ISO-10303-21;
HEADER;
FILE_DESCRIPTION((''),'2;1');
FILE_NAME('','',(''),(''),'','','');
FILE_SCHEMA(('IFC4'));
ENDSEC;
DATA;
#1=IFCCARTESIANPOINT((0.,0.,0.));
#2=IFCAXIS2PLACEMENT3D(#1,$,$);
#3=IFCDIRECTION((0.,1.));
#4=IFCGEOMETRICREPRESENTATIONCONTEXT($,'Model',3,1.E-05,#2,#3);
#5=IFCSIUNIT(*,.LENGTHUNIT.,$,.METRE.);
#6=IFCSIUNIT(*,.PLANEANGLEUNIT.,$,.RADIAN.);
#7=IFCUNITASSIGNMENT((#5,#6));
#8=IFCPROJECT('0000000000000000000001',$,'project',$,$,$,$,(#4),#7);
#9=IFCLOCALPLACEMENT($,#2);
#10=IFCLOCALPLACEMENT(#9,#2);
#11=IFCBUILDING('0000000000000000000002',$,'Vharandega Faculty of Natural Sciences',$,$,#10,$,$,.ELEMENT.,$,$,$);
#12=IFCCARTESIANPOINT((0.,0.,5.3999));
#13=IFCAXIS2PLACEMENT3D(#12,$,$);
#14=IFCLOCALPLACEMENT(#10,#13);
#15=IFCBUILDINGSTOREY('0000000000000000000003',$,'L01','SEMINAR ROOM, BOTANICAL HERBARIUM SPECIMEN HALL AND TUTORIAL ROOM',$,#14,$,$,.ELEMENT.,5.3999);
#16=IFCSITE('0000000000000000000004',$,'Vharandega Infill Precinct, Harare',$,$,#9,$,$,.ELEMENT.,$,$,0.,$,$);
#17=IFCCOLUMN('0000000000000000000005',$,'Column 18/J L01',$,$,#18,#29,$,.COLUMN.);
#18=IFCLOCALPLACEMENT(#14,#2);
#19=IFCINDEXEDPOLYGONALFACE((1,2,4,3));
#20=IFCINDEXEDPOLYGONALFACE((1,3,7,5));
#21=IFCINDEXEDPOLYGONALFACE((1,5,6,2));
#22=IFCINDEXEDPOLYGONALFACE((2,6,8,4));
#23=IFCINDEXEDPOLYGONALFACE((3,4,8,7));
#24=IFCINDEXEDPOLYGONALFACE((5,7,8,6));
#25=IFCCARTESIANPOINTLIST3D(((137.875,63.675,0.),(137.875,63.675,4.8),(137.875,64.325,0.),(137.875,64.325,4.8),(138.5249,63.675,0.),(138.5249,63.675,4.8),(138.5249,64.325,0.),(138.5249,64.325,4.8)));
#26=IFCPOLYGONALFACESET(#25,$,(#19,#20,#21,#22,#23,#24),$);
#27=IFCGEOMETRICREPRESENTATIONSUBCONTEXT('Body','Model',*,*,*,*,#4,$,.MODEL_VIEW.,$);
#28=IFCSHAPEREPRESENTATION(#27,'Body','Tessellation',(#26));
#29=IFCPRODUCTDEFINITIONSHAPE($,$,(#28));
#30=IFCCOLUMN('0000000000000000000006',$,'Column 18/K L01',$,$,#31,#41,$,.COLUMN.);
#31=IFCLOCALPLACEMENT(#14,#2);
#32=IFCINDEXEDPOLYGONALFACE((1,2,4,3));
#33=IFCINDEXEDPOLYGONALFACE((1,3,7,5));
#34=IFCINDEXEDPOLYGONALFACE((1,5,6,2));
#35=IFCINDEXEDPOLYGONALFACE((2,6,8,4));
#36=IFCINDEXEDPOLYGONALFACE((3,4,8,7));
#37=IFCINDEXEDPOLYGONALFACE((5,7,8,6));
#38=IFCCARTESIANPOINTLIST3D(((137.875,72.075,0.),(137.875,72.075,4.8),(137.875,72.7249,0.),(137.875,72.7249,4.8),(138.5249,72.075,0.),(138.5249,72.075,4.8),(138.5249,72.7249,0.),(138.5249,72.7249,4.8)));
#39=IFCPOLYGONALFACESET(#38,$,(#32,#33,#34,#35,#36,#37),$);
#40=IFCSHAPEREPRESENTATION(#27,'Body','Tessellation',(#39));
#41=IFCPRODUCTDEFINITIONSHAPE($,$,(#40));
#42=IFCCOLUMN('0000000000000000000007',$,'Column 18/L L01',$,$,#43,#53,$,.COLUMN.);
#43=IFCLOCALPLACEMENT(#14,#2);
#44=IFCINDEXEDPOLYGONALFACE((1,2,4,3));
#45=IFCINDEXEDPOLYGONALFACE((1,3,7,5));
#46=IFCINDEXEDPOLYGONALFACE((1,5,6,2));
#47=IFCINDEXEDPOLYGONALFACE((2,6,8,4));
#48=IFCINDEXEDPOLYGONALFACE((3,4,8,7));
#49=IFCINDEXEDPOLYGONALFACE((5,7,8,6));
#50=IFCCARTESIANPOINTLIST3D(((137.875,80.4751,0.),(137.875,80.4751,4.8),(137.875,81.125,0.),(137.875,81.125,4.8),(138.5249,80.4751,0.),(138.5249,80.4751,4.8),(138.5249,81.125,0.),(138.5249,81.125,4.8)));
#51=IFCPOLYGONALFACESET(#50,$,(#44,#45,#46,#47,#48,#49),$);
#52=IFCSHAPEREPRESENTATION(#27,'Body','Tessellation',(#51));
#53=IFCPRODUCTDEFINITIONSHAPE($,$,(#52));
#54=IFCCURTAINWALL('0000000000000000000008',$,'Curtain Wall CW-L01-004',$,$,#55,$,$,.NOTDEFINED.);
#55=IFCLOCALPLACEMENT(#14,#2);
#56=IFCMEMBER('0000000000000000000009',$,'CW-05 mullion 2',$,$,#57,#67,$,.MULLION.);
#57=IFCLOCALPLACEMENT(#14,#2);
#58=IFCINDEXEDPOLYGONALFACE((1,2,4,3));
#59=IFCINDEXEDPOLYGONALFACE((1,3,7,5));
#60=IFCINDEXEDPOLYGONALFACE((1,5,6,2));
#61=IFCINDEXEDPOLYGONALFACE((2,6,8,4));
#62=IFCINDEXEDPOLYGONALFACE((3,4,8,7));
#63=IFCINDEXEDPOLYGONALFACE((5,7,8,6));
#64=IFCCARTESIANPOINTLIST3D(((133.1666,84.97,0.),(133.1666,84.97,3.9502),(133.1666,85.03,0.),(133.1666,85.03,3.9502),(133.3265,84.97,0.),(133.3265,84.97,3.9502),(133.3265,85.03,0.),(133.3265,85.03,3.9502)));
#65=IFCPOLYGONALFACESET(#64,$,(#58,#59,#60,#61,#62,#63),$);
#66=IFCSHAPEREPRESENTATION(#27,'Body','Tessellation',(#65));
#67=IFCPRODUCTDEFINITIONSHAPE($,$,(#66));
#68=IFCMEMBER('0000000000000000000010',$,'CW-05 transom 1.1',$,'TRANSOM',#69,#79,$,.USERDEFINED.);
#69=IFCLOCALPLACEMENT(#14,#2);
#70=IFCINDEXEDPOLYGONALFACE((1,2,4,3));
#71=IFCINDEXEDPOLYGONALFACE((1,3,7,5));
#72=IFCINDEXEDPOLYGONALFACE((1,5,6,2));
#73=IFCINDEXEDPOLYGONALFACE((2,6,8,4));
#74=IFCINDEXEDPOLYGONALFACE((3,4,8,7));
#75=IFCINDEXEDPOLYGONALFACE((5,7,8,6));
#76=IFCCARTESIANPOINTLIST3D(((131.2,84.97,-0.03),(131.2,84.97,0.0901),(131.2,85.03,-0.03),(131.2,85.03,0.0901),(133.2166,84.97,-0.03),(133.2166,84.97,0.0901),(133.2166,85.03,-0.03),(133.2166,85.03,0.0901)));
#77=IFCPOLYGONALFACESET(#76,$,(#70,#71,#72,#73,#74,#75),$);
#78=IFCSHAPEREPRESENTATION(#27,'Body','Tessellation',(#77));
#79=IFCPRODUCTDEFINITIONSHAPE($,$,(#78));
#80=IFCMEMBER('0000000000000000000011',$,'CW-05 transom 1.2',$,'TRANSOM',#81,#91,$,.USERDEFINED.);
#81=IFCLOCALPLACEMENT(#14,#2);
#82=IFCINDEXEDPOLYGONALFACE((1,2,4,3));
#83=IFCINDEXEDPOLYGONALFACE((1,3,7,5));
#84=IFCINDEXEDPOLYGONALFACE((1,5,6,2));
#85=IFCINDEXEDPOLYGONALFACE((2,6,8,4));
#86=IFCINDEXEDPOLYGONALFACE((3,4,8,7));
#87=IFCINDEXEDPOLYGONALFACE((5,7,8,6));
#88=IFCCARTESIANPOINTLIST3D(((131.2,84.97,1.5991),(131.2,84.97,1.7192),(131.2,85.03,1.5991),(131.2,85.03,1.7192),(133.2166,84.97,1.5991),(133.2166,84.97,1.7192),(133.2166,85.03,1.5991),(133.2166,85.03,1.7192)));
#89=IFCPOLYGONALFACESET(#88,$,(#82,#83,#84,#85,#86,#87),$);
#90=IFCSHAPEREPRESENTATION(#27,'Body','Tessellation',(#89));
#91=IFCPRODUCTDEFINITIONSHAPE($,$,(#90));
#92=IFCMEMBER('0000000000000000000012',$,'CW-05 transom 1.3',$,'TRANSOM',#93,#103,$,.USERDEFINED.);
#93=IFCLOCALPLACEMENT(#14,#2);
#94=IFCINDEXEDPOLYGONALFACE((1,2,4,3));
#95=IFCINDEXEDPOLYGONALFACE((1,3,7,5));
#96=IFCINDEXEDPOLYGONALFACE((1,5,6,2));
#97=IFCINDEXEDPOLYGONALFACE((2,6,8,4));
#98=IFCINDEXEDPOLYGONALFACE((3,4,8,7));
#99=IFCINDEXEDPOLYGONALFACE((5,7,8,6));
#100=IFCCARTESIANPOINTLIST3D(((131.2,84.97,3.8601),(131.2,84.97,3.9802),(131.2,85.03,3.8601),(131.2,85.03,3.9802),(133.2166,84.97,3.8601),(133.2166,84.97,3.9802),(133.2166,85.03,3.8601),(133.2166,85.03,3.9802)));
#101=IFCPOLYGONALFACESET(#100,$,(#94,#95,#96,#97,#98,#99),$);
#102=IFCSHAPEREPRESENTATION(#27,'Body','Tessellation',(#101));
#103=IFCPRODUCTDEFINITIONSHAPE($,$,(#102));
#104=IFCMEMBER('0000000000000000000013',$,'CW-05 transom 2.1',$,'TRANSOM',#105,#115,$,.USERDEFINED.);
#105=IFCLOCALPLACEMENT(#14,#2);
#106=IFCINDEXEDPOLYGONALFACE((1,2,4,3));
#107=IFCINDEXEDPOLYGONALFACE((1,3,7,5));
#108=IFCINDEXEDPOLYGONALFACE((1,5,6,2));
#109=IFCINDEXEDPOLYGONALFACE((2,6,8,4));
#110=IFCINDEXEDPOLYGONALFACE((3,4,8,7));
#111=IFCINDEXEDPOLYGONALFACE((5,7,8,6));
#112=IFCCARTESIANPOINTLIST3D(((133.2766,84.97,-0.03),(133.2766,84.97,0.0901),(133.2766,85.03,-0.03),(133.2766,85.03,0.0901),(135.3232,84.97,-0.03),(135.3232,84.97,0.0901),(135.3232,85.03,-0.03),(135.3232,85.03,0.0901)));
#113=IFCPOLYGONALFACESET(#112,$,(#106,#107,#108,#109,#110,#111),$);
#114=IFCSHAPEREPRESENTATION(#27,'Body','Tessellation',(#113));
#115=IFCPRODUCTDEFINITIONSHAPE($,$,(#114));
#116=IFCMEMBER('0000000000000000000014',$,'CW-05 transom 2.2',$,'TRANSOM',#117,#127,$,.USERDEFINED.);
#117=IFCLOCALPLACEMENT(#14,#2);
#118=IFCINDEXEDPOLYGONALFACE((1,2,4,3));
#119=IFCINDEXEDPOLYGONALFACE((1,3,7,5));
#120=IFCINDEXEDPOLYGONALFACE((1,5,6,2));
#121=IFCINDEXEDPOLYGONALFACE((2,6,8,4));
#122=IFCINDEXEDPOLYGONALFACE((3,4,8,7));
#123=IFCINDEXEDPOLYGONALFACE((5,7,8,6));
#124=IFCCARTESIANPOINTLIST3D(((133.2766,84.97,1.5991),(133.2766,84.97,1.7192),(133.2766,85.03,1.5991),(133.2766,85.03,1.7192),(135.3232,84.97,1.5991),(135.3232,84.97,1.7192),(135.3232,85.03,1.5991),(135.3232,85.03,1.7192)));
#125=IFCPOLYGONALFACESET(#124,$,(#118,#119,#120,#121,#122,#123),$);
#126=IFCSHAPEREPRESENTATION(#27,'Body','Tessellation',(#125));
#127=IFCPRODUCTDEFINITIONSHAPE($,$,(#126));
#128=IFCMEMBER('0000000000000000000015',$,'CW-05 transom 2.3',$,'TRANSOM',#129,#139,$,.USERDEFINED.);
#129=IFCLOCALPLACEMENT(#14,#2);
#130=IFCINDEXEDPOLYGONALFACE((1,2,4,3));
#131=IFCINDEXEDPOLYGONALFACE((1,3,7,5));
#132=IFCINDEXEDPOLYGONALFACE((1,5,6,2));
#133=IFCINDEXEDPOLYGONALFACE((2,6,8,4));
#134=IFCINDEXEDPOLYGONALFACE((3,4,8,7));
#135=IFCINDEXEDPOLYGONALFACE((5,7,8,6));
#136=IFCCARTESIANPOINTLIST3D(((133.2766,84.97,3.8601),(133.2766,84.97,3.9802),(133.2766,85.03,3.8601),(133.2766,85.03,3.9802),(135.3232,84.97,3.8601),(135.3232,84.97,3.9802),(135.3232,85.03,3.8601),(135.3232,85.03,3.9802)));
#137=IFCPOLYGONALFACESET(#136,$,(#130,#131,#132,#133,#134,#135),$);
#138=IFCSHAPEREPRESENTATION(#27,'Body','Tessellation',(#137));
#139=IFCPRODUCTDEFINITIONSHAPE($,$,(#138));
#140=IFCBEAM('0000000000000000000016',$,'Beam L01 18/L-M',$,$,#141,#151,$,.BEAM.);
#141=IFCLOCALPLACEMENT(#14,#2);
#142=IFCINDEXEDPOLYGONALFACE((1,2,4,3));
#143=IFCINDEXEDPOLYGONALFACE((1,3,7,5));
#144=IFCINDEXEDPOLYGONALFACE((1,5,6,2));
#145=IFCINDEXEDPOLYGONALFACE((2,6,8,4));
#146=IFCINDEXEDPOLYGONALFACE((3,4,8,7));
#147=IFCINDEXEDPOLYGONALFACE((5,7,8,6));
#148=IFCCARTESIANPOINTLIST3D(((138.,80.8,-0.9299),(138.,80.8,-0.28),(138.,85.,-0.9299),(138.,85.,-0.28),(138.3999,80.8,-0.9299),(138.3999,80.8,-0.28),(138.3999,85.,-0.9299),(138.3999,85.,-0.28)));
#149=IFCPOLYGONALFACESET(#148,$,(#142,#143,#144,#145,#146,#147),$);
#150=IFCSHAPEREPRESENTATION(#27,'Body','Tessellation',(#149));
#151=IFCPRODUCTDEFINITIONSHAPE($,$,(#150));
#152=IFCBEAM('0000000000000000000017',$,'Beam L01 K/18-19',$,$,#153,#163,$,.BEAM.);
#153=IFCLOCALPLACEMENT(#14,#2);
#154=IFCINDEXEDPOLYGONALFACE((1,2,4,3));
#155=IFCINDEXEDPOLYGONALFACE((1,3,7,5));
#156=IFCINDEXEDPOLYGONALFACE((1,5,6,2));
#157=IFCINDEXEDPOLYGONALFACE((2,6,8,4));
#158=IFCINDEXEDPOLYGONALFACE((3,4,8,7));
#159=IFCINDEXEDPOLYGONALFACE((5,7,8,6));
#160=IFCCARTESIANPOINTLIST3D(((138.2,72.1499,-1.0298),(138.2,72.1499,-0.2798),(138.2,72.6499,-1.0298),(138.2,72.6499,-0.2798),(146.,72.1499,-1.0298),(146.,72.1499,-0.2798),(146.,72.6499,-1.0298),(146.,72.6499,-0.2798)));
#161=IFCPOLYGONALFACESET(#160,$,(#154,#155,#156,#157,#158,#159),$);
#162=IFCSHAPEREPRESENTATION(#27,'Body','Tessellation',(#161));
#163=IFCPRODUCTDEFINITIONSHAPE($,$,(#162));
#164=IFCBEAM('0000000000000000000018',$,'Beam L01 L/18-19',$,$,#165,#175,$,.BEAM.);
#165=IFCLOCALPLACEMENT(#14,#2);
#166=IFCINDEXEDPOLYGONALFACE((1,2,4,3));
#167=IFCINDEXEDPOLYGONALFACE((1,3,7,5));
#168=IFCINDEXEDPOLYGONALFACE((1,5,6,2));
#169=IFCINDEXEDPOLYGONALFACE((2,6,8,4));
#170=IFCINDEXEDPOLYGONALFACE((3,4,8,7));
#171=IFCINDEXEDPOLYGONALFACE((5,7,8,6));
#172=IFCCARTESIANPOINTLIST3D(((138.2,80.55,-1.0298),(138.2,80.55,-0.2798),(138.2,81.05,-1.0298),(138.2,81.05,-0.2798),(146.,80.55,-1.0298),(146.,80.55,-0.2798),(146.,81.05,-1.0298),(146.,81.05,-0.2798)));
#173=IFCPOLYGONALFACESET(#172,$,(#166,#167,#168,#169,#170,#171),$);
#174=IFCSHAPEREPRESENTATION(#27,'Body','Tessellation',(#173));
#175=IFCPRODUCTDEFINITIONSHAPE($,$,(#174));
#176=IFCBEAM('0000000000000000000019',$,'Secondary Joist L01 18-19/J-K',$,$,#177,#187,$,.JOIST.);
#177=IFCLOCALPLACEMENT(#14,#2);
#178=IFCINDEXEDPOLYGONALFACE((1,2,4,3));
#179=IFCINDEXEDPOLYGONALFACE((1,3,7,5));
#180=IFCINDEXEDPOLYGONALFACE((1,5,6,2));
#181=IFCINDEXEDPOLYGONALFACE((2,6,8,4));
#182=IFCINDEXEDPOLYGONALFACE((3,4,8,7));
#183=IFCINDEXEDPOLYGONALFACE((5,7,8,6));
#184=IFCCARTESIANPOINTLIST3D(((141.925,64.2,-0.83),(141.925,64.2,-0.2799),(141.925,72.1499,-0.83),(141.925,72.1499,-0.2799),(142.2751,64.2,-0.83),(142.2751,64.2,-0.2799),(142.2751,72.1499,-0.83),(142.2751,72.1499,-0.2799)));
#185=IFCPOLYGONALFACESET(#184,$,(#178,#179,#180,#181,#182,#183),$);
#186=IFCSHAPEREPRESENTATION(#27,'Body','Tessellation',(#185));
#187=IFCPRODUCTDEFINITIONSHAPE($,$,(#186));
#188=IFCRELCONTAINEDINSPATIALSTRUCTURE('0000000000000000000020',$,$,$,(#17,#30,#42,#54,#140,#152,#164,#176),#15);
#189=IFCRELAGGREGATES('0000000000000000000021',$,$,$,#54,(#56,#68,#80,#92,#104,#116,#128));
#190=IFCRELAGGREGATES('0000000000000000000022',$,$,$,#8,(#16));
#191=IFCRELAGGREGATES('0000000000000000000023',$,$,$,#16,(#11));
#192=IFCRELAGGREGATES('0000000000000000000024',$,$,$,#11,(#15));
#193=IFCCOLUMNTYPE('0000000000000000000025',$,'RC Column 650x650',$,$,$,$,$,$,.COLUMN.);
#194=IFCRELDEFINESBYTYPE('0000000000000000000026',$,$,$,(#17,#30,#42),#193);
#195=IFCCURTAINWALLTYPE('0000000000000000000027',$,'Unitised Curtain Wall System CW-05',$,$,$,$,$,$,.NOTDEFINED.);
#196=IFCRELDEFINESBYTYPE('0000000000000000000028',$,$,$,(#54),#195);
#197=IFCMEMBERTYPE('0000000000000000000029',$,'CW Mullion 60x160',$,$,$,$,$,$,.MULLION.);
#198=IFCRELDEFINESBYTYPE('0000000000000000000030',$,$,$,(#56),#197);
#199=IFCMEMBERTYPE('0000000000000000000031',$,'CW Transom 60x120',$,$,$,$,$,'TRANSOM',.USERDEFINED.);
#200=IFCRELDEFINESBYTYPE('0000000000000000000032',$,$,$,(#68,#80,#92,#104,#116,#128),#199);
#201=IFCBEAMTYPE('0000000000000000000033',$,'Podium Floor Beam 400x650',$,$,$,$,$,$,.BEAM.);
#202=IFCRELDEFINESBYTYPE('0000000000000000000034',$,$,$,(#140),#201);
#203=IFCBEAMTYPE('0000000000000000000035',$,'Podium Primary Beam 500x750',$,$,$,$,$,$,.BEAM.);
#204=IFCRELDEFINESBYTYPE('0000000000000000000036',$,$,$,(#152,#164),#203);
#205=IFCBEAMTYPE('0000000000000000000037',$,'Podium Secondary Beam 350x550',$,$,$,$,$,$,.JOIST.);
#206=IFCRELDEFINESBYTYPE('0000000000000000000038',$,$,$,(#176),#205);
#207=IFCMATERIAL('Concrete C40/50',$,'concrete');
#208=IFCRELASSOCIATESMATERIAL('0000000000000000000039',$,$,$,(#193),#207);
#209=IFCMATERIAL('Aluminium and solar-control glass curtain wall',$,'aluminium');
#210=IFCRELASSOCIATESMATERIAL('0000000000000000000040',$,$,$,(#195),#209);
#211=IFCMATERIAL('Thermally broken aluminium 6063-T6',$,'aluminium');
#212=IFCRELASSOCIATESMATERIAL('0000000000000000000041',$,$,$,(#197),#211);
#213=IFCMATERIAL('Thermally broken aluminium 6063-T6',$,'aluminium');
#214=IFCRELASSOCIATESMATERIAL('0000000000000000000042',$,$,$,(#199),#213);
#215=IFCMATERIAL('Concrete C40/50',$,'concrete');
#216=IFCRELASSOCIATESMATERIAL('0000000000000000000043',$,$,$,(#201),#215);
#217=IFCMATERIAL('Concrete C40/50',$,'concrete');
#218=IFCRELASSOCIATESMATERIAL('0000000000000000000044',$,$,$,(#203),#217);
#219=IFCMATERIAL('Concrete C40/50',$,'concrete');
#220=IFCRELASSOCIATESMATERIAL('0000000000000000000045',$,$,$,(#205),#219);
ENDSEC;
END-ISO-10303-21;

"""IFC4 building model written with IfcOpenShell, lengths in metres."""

from ifc_helpers import new_model, si_unit, direction, frame, origin, origin_2d, place, context, subcontext, project, spatial, rectangle, extrude, material, material_profile, profile_set, type_object, element, aggregate, save


model = new_model("IFC4")

# Units and contexts
model_context = context("Model", 3, precision=1e-05, world=origin(), true_north=direction((0.0, 1.0)))
body_context = subcontext(model_context, "Body", "Model", "MODEL_VIEW")
ifc_project = project(units=[si_unit("LENGTHUNIT", "METRE"), si_unit("PLANEANGLEUNIT", "RADIAN")], contexts=[model_context])

# Site, building, storey
site_placement = place(None, origin())
site = spatial("IfcSite", under=ifc_project, at=site_placement, Name="Vharandega Infill Precinct, Harare", CompositionType="ELEMENT", RefElevation=0.0)
building_placement = place(site_placement, origin())
building = spatial("IfcBuilding", under=site, at=building_placement, Name="Vharandega Faculty of Natural Sciences", CompositionType="ELEMENT")
storey_placement = place(building_placement, frame((0.0, 0.0, 5.3999)))
storey = spatial("IfcBuildingStorey", under=building, at=storey_placement, Name="L01", Description="SEMINAR ROOM, BOTANICAL HERBARIUM SPECIMEN HALL AND TUTORIAL ROOM", CompositionType="ELEMENT", Elevation=5.3999)

# Columns
ifc_material_1 = material(Name="Concrete C40/50", Category="concrete")
ifc_material_profile_1 = material_profile(ifc_material_1, rectangle(XDim=0.6499, YDim=0.6499, at=origin_2d()), Name="RC 650x650")
ifc_profile_set_1 = profile_set([ifc_material_profile_1], Name="Concrete C40/50")
column_type = type_object("IfcColumnType", Name="RC Column 650x650", PredefinedType="COLUMN", material=ifc_profile_set_1)
for number, where, z_axis, x_axis, name in (
    (1, (138.2, 64.0, 0.0), (0.0, 0.0, 1.0), (1.0, 0.0, 0.0), "Column 18/J L01"),
    (2, (138.2, 72.3999, 0.0), (0.0, 0.0, 1.0), (1.0, 0.0, 0.0), "Column 18/K L01"),
    (3, (138.2, 80.8, 0.0), (0.0, 0.0, 1.0), (1.0, 0.0, 0.0), "Column 18/L L01"),
):
    element("IfcColumn", number, at=place(storey_placement, frame(where, z_axis=z_axis, x_axis=x_axis)), inside=storey, type_object=column_type, Name=name, PredefinedType="COLUMN", context=body_context, shape_type="SweptSolid", body=[
        extrude(rectangle(XDim=0.6499, YDim=0.6499, at=origin_2d()), origin(), (0.0, 0.0, 1.0), 4.8),
    ])

# Curtain wall, members
ifc_material_2 = material(Name="Aluminium and solar-control glass curtain wall", Category="aluminium")
curtain_wall_type = type_object("IfcCurtainWallType", Name="Unitised Curtain Wall System CW-05", PredefinedType="NOTDEFINED", material=ifc_material_2)
curtain_wall_placement = place(storey_placement, origin())
curtain_wall = element("IfcCurtainWall", 4, at=curtain_wall_placement, inside=storey, type_object=curtain_wall_type, Name="Curtain Wall CW-L01-004", PredefinedType="NOTDEFINED")
ifc_material_3 = material(Name="Thermally broken aluminium 6063-T6", Category="aluminium")
ifc_material_profile_2 = material_profile(ifc_material_3, rectangle(XDim=0.0601, YDim=0.1599, at=origin_2d()), Name="ALU 60x160")
ifc_profile_set_2 = profile_set([ifc_material_profile_2], Name="Thermally broken aluminium 6063-T6")
member_type_1 = type_object("IfcMemberType", Name="CW Mullion 60x160", PredefinedType="MULLION", material=ifc_profile_set_2)
member_1_placement = place(storey_placement, frame((133.2466, 85.0, 0.0), z_axis=(0.0, 0.0, 1.0), x_axis=(0.0, 1.0, 0.0)))
member_1 = element("IfcMember", 5, at=member_1_placement, type_object=member_type_1, Name="CW-05 mullion 2", PredefinedType="MULLION", context=body_context, shape_type="SweptSolid", body=[
    extrude(rectangle(XDim=0.0601, YDim=0.1599, at=origin_2d()), origin(), (0.0, 0.0, 1.0), 3.9502),
])
ifc_material_4 = material(Name="Thermally broken aluminium 6063-T6", Category="aluminium")
ifc_material_profile_3 = material_profile(ifc_material_4, rectangle(XDim=0.0601, YDim=0.1201, at=origin_2d()), Name="ALU 60x120")
ifc_profile_set_3 = profile_set([ifc_material_profile_3], Name="Thermally broken aluminium 6063-T6")
member_type_2 = type_object("IfcMemberType", Name="CW Transom 60x120", ElementType="TRANSOM", PredefinedType="USERDEFINED", material=ifc_profile_set_3)
member_2_placement = place(storey_placement, frame((131.2, 85.0, 0.03), z_axis=(1.0, 0.0, 0.0), x_axis=(0.0, 1.0, 0.0)))
member_2 = element("IfcMember", 6, at=member_2_placement, type_object=member_type_2, Name="CW-05 transom 1.1", ObjectType="TRANSOM", PredefinedType="USERDEFINED", context=body_context, shape_type="SweptSolid", body=[
    extrude(rectangle(XDim=0.0601, YDim=0.1201, at=origin_2d()), origin(), (0.0, 0.0, 1.0), 2.0166),
])
member_3_placement = place(storey_placement, frame((131.2, 85.0, 1.6592), z_axis=(1.0, 0.0, 0.0), x_axis=(0.0, 1.0, 0.0)))
member_3 = element("IfcMember", 7, at=member_3_placement, type_object=member_type_2, Name="CW-05 transom 1.2", ObjectType="TRANSOM", PredefinedType="USERDEFINED", context=body_context, shape_type="SweptSolid", body=[
    extrude(rectangle(XDim=0.0601, YDim=0.1201, at=origin_2d()), origin(), (0.0, 0.0, 1.0), 2.0166),
])
member_4_placement = place(storey_placement, frame((131.2, 85.0, 3.9202), z_axis=(1.0, 0.0, 0.0), x_axis=(0.0, 1.0, 0.0)))
member_4 = element("IfcMember", 8, at=member_4_placement, type_object=member_type_2, Name="CW-05 transom 1.3", ObjectType="TRANSOM", PredefinedType="USERDEFINED", context=body_context, shape_type="SweptSolid", body=[
    extrude(rectangle(XDim=0.0601, YDim=0.1201, at=origin_2d()), origin(), (0.0, 0.0, 1.0), 2.0166),
])
member_5_placement = place(storey_placement, frame((133.2766, 85.0, 0.03), z_axis=(1.0, 0.0, 0.0), x_axis=(0.0, 1.0, 0.0)))
member_5 = element("IfcMember", 9, at=member_5_placement, type_object=member_type_2, Name="CW-05 transom 2.1", ObjectType="TRANSOM", PredefinedType="USERDEFINED", context=body_context, shape_type="SweptSolid", body=[
    extrude(rectangle(XDim=0.0601, YDim=0.1201, at=origin_2d()), origin(), (0.0, 0.0, 1.0), 2.0466),
])
member_6_placement = place(storey_placement, frame((133.2766, 85.0, 1.6592), z_axis=(1.0, 0.0, 0.0), x_axis=(0.0, 1.0, 0.0)))
member_6 = element("IfcMember", 10, at=member_6_placement, type_object=member_type_2, Name="CW-05 transom 2.2", ObjectType="TRANSOM", PredefinedType="USERDEFINED", context=body_context, shape_type="SweptSolid", body=[
    extrude(rectangle(XDim=0.0601, YDim=0.1201, at=origin_2d()), origin(), (0.0, 0.0, 1.0), 2.0466),
])
member_7_placement = place(storey_placement, frame((133.2766, 85.0, 3.9202), z_axis=(1.0, 0.0, 0.0), x_axis=(0.0, 1.0, 0.0)))
member_7 = element("IfcMember", 11, at=member_7_placement, type_object=member_type_2, Name="CW-05 transom 2.3", ObjectType="TRANSOM", PredefinedType="USERDEFINED", context=body_context, shape_type="SweptSolid", body=[
    extrude(rectangle(XDim=0.0601, YDim=0.1201, at=origin_2d()), origin(), (0.0, 0.0, 1.0), 2.0466),
])

# Beams
ifc_material_5 = material(Name="Concrete C40/50", Category="concrete")
ifc_material_profile_4 = material_profile(ifc_material_5, rectangle(XDim=0.3999, YDim=0.6499, at=origin_2d()), Name="RC 400x650")
ifc_profile_set_4 = profile_set([ifc_material_profile_4], Name="Concrete C40/50")
beam_type_1 = type_object("IfcBeamType", Name="Podium Floor Beam 400x650", PredefinedType="BEAM", material=ifc_profile_set_4)
beam_1_placement = place(storey_placement, frame((138.2, 80.8, -0.605), z_axis=(0.0, 1.0, 0.0), x_axis=(-1.0, 0.0, 0.0)))
element("IfcBeam", 12, at=beam_1_placement, inside=storey, type_object=beam_type_1, Name="Beam L01 18/L-M", PredefinedType="BEAM", context=body_context, shape_type="SweptSolid", body=[
    extrude(rectangle(XDim=0.3999, YDim=0.6499, at=origin_2d()), origin(), (0.0, 0.0, 1.0), 4.2),
])
ifc_material_6 = material(Name="Concrete C40/50", Category="concrete")
ifc_material_profile_5 = material_profile(ifc_material_6, rectangle(XDim=0.5, YDim=0.75, at=origin_2d()), Name="RC 500x750")
ifc_profile_set_5 = profile_set([ifc_material_profile_5], Name="Concrete C40/50")
beam_type_2 = type_object("IfcBeamType", Name="Podium Primary Beam 500x750", PredefinedType="BEAM", material=ifc_profile_set_5)
for number, where, z_axis, x_axis, name in (
    (13, (138.2, 72.3999, -0.6548), (1.0, 0.0, 0.0), (0.0, 1.0, 0.0), "Beam L01 K/18-19"),
    (14, (138.2, 80.8, -0.6548), (1.0, 0.0, 0.0), (0.0, 1.0, 0.0), "Beam L01 L/18-19"),
):
    element("IfcBeam", number, at=place(storey_placement, frame(where, z_axis=z_axis, x_axis=x_axis)), inside=storey, type_object=beam_type_2, Name=name, PredefinedType="BEAM", context=body_context, shape_type="SweptSolid", body=[
        extrude(rectangle(XDim=0.5, YDim=0.75, at=origin_2d()), origin(), (0.0, 0.0, 1.0), 7.8),
    ])
ifc_material_7 = material(Name="Concrete C40/50", Category="concrete")
ifc_material_profile_6 = material_profile(ifc_material_7, rectangle(XDim=0.3501, YDim=0.55, at=origin_2d()), Name="RC 350x550")
ifc_profile_set_6 = profile_set([ifc_material_profile_6], Name="Concrete C40/50")
beam_type_3 = type_object("IfcBeamType", Name="Podium Secondary Beam 350x550", PredefinedType="JOIST", material=ifc_profile_set_6)
beam_2_placement = place(storey_placement, frame((142.1001, 64.2, -0.5549), z_axis=(0.0, 1.0, 0.0), x_axis=(-1.0, 0.0, 0.0)))
element("IfcBeam", 15, at=beam_2_placement, inside=storey, type_object=beam_type_3, Name="Secondary Joist L01 18-19/J-K", PredefinedType="JOIST", context=body_context, shape_type="SweptSolid", body=[
    extrude(rectangle(XDim=0.3501, YDim=0.55, at=origin_2d()), origin(), (0.0, 0.0, 1.0), 7.95),
])

aggregate(curtain_wall, [member_1, member_2, member_3, member_4, member_5, member_6, member_7])

save(model, "model.ifc")
